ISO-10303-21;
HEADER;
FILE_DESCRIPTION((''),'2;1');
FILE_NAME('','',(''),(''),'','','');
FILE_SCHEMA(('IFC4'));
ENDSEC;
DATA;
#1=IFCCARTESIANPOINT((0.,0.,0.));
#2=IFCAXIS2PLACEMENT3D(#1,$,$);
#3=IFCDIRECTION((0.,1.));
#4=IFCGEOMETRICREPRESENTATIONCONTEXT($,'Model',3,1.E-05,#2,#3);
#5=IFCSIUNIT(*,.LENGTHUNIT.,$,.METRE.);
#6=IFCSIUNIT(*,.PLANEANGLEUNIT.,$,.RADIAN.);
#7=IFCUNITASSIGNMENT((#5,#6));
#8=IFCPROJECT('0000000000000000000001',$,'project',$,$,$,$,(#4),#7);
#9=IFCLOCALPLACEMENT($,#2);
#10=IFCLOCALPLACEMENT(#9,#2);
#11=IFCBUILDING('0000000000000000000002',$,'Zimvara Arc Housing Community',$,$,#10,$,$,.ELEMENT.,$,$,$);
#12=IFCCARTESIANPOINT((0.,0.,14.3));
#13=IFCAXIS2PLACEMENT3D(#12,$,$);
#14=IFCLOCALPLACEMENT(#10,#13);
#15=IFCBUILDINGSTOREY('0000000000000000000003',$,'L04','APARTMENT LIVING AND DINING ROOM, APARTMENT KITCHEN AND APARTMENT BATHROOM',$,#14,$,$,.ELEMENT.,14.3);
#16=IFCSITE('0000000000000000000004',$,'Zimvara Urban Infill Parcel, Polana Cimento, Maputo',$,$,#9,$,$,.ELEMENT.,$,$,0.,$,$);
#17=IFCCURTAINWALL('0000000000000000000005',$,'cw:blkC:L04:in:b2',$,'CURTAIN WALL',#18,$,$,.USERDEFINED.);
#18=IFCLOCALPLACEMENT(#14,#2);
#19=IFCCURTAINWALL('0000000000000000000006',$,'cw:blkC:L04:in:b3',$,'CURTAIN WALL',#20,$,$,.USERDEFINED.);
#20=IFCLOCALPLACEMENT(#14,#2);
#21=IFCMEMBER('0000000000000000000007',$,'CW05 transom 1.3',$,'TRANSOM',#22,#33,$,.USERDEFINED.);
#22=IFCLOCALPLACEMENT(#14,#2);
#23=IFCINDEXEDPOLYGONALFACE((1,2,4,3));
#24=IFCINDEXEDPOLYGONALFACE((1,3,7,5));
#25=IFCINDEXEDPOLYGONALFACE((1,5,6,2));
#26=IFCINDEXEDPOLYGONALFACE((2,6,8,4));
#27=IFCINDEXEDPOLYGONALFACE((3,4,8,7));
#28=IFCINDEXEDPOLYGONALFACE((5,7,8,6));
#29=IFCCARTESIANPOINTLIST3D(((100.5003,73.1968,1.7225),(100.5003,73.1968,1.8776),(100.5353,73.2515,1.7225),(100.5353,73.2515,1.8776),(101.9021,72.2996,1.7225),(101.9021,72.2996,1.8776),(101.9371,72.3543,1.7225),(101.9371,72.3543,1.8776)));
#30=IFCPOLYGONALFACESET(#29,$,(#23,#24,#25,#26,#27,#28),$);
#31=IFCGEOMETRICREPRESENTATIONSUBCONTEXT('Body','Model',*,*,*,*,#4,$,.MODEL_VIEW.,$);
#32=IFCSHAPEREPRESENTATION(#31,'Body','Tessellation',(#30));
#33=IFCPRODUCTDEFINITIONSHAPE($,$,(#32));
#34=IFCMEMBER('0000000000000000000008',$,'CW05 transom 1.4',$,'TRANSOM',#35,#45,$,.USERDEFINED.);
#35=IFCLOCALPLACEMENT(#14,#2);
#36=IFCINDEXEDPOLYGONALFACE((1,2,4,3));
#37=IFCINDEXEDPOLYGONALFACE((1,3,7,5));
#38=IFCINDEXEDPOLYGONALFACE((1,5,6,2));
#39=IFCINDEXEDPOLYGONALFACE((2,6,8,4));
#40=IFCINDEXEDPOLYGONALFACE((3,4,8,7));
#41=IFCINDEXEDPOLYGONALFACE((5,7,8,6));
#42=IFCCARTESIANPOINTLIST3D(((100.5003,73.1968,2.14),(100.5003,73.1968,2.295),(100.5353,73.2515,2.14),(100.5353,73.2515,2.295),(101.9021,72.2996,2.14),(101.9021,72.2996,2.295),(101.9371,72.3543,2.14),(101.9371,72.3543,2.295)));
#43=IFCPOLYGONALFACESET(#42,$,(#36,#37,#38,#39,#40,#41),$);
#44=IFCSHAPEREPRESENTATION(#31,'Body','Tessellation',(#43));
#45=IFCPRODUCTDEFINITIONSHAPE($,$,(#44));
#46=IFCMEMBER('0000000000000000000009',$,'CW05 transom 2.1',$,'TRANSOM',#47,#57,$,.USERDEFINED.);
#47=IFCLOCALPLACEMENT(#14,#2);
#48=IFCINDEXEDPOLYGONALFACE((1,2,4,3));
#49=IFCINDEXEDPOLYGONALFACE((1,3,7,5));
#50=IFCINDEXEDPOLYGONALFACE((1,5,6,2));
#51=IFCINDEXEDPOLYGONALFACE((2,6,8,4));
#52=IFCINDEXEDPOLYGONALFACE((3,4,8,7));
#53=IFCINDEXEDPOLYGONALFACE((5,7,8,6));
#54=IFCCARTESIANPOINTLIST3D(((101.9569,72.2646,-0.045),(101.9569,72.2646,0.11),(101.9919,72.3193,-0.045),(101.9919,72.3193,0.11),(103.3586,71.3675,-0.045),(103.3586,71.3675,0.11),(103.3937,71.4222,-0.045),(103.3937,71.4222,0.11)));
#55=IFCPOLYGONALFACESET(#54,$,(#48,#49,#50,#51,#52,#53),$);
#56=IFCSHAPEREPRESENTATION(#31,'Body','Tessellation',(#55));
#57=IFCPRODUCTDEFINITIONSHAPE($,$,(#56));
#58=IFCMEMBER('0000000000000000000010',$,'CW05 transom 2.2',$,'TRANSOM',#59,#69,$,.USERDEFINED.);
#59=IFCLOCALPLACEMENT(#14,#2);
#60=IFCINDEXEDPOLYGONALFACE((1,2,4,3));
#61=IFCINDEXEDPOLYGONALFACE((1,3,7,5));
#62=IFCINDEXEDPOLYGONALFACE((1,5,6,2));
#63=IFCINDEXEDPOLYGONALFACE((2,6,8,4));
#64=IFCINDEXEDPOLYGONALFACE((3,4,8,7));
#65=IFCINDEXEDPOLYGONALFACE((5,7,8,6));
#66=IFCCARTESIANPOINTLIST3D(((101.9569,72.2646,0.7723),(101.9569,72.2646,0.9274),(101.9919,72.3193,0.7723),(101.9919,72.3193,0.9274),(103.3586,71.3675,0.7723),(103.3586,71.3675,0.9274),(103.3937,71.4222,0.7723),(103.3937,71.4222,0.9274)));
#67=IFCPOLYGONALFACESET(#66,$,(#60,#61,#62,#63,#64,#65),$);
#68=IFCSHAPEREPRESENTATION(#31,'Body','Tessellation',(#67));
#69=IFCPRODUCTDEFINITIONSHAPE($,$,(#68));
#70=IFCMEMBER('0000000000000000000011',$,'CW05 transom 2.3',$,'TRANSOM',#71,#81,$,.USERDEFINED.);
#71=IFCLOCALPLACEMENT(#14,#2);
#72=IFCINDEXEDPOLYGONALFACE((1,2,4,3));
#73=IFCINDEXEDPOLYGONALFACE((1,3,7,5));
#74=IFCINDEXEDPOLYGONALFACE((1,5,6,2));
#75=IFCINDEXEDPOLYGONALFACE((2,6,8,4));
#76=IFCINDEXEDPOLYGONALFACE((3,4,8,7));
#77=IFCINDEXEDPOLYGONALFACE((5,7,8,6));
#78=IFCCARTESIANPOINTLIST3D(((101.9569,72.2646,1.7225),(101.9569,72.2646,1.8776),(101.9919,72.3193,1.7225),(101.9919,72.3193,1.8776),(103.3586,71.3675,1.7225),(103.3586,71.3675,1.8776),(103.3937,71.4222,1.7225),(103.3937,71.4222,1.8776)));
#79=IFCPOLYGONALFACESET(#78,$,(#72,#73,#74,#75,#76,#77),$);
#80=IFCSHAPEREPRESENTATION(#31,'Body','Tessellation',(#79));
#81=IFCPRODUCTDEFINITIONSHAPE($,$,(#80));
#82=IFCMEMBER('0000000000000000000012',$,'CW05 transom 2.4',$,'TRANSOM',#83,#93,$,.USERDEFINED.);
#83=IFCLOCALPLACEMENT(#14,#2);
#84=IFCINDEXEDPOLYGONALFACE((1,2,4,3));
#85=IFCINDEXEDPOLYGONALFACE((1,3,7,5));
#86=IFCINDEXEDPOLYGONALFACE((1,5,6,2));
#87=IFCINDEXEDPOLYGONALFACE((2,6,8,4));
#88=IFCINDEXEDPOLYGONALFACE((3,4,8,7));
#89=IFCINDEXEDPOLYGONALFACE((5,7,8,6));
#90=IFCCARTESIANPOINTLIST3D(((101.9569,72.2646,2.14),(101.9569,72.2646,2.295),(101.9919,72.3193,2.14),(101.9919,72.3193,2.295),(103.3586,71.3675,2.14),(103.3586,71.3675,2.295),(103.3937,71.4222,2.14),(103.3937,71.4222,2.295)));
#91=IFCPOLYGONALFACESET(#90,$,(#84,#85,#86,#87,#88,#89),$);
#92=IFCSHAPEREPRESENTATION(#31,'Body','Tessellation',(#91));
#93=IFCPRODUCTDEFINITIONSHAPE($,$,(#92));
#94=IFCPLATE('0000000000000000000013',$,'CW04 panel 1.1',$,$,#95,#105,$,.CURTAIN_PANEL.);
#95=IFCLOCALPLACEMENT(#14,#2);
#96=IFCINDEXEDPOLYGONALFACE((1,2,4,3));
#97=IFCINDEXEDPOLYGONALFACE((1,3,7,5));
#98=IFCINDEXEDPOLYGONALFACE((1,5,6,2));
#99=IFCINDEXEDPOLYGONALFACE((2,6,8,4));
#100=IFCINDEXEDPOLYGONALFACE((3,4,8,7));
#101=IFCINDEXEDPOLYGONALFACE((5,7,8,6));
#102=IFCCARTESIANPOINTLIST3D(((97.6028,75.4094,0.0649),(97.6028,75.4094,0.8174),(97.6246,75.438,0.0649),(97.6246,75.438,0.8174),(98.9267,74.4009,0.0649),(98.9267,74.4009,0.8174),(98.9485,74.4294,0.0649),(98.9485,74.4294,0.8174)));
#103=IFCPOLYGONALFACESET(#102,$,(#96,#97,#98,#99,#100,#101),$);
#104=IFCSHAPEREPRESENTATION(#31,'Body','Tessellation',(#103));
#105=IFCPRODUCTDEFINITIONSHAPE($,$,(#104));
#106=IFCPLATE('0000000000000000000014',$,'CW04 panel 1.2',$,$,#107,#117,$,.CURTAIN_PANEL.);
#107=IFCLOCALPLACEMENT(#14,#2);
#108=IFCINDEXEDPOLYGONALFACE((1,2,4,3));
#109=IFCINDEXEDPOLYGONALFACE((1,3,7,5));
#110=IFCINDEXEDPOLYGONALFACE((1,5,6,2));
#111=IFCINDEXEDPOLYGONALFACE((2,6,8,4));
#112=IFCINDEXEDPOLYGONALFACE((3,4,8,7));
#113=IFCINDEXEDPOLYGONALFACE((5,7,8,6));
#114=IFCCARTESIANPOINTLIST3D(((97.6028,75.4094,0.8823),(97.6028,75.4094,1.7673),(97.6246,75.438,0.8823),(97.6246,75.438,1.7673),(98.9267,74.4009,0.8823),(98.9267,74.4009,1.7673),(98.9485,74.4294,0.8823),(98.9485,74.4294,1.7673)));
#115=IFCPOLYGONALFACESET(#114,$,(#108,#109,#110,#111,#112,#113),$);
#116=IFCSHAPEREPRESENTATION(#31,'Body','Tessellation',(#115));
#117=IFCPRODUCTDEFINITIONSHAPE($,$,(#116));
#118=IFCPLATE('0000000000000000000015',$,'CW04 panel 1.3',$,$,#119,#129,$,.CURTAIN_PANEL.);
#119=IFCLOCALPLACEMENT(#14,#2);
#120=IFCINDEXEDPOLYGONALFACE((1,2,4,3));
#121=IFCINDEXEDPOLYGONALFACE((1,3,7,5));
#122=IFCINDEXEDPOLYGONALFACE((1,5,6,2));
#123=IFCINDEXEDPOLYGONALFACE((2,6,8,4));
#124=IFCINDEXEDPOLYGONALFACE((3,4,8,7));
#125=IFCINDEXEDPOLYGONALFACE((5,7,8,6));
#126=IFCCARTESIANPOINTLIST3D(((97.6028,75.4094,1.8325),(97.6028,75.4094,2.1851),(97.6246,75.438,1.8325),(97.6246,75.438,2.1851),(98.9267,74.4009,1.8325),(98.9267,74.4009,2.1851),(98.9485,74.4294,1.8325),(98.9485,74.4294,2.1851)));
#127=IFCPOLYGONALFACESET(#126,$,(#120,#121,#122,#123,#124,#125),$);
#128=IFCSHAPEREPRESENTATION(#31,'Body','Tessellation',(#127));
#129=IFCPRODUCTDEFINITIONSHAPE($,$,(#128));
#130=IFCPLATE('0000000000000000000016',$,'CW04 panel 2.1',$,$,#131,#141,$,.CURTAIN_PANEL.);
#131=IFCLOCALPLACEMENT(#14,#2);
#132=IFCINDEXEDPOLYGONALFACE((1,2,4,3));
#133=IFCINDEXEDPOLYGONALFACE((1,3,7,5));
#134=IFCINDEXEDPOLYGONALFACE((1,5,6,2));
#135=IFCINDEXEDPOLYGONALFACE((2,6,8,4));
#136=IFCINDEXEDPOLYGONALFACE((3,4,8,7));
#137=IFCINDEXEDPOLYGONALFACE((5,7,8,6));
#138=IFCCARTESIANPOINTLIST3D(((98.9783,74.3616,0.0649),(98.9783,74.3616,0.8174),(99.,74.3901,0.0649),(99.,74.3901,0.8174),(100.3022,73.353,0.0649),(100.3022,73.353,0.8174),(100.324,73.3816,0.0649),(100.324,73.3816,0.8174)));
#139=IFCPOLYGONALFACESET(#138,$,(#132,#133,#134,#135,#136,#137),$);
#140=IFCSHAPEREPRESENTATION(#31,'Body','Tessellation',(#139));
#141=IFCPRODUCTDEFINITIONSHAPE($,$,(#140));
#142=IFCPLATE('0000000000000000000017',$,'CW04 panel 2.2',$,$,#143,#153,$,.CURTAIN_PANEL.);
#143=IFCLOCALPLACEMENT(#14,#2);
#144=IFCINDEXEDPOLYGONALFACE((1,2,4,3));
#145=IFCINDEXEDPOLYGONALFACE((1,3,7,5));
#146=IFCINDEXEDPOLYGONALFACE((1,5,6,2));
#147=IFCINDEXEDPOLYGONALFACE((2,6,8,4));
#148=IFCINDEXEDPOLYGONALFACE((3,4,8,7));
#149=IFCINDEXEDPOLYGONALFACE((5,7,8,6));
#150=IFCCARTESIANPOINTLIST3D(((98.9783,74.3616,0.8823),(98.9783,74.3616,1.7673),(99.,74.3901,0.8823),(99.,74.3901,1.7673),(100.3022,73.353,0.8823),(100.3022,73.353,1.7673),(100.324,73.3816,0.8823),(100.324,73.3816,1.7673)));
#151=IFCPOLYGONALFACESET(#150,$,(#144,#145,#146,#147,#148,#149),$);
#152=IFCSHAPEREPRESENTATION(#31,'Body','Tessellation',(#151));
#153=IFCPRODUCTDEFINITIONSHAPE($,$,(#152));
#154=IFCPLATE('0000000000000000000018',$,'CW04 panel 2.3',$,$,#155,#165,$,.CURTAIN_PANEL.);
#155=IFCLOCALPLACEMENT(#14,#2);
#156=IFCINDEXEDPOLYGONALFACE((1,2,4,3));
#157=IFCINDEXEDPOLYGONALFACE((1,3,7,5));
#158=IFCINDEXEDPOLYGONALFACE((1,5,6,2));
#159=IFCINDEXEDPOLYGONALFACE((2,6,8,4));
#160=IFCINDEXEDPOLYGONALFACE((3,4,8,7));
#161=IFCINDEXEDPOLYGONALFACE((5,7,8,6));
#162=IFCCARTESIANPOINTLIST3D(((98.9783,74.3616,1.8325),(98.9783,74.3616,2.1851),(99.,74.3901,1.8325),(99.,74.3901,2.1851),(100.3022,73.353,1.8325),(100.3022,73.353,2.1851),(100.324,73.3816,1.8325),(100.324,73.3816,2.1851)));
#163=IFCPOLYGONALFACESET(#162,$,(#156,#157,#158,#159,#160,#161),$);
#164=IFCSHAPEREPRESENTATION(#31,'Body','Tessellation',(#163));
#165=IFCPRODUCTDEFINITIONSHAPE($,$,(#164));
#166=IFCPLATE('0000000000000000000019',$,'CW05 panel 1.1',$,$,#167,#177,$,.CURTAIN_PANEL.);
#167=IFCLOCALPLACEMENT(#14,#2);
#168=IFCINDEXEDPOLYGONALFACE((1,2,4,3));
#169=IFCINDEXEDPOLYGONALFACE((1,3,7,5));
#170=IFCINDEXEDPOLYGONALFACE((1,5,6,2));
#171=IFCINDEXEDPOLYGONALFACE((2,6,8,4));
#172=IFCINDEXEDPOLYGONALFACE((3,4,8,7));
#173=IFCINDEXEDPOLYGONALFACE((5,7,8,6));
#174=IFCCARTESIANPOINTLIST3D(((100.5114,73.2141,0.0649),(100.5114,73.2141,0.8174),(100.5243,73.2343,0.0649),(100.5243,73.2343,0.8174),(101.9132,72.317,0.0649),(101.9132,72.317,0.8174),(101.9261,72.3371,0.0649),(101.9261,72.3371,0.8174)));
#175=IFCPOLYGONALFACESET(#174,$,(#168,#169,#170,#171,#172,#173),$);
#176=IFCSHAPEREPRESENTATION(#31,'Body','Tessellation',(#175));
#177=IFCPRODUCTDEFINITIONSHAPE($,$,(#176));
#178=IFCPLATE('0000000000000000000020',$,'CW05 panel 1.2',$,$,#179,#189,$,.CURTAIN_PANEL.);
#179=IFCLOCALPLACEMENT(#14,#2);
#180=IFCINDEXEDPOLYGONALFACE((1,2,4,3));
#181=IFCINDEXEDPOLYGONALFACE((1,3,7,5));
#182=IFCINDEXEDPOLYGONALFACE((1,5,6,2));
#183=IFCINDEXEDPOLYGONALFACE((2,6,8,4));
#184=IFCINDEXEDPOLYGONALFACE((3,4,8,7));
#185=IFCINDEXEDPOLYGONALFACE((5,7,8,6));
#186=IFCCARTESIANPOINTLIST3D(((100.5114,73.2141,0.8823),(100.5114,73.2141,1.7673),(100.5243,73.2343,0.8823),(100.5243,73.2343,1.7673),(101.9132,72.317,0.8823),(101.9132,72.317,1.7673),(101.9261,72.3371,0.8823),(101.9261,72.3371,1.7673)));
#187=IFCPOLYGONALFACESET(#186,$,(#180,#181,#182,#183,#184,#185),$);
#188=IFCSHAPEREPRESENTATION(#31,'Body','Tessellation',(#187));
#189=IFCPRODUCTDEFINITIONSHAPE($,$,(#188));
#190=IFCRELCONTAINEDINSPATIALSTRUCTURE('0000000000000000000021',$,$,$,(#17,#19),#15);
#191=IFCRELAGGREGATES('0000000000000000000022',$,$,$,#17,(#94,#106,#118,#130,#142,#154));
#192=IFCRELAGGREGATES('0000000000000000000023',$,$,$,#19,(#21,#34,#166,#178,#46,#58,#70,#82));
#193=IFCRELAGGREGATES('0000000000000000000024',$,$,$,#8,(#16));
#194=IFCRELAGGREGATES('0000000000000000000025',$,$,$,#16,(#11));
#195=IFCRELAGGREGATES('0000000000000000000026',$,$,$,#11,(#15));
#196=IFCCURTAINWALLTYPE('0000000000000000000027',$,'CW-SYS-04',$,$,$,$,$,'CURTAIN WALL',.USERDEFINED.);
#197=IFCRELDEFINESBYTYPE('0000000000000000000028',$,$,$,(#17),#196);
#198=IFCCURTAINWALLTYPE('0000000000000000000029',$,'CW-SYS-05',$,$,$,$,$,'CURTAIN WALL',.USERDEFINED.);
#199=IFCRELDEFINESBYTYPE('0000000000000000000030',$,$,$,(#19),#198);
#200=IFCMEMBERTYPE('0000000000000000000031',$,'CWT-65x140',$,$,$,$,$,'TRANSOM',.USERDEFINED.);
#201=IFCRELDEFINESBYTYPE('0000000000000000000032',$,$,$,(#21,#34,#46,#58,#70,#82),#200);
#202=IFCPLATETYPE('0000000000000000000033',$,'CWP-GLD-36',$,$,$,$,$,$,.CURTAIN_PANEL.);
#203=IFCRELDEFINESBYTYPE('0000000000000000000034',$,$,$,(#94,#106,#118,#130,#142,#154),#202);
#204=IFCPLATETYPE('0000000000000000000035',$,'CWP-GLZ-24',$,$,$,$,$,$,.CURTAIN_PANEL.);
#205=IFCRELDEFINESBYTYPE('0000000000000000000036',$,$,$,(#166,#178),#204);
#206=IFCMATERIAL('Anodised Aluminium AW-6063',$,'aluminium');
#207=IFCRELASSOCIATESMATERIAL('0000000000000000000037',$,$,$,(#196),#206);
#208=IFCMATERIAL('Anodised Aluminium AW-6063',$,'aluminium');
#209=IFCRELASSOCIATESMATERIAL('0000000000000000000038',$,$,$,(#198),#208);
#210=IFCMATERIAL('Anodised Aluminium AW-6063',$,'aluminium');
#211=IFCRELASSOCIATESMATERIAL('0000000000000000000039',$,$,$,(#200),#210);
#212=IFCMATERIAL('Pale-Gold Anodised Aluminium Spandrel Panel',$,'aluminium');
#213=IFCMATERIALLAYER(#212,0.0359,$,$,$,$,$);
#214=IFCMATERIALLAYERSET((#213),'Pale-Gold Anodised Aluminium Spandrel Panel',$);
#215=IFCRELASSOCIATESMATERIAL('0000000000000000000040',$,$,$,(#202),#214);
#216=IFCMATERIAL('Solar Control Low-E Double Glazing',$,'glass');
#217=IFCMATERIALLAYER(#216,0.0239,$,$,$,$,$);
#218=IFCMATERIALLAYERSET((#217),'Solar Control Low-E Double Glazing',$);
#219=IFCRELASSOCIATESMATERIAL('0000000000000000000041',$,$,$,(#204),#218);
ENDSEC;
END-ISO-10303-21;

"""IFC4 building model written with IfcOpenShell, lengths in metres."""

from ifc_helpers import new_model, si_unit, direction, frame, origin, origin_2d, place, context, subcontext, project, spatial, rectangle, extrude, material, layer, layer_set, material_profile, profile_set, type_object, element, aggregate, save


model = new_model("IFC4")

# Units and contexts
model_context = context("Model", 3, precision=1e-05, world=origin(), true_north=direction((0.0, 1.0)))
body_context = subcontext(model_context, "Body", "Model", "MODEL_VIEW")
ifc_project = project(units=[si_unit("LENGTHUNIT", "METRE"), si_unit("PLANEANGLEUNIT", "RADIAN")], contexts=[model_context])

# Site, building, storey
site_placement = place(None, origin())
site = spatial("IfcSite", under=ifc_project, at=site_placement, Name="Zimvara Urban Infill Parcel, Polana Cimento, Maputo", CompositionType="ELEMENT", RefElevation=0.0)
building_placement = place(site_placement, origin())
building = spatial("IfcBuilding", under=site, at=building_placement, Name="Zimvara Arc Housing Community", CompositionType="ELEMENT")
storey_placement = place(building_placement, frame((0.0, 0.0, 14.3)))
storey = spatial("IfcBuildingStorey", under=building, at=storey_placement, Name="L04", Description="APARTMENT LIVING AND DINING ROOM, APARTMENT KITCHEN AND APARTMENT BATHROOM", CompositionType="ELEMENT", Elevation=14.3)

# Curtain walls
ifc_material_1 = material(Name="Anodised Aluminium AW-6063", Category="aluminium")
curtain_wall_type_1 = type_object("IfcCurtainWallType", Name="CW-SYS-04", ElementType="CURTAIN WALL", PredefinedType="USERDEFINED", material=ifc_material_1)
curtain_wall_1_placement = place(storey_placement, origin())
curtain_wall_1 = element("IfcCurtainWall", 1, at=curtain_wall_1_placement, inside=storey, type_object=curtain_wall_type_1, Name="cw:blkC:L04:in:b2", ObjectType="CURTAIN WALL", PredefinedType="USERDEFINED")
ifc_material_2 = material(Name="Anodised Aluminium AW-6063", Category="aluminium")
curtain_wall_type_2 = type_object("IfcCurtainWallType", Name="CW-SYS-05", ElementType="CURTAIN WALL", PredefinedType="USERDEFINED", material=ifc_material_2)
curtain_wall_2_placement = place(storey_placement, origin())
curtain_wall_2 = element("IfcCurtainWall", 2, at=curtain_wall_2_placement, inside=storey, type_object=curtain_wall_type_2, Name="cw:blkC:L04:in:b3", ObjectType="CURTAIN WALL", PredefinedType="USERDEFINED")

# Members
ifc_material_3 = material(Name="Anodised Aluminium AW-6063", Category="aluminium")
ifc_material_profile_1 = material_profile(ifc_material_3, rectangle(XDim=0.0649, YDim=0.155, at=origin_2d()), Name="ALU 65x155")
ifc_profile_set_1 = profile_set([ifc_material_profile_1], Name="Anodised Aluminium AW-6063")
member_type_1 = type_object("IfcMemberType", Name="CWT-65x140", ElementType="TRANSOM", PredefinedType="USERDEFINED", material=ifc_profile_set_1)
member_1_placement = place(storey_placement, frame((100.5178, 73.2241, 1.8), z_axis=(0.842263, -0.539066, 0.0), x_axis=(0.539066, 0.842263, 0.0)))
member_1 = element("IfcMember", 3, at=member_1_placement, type_object=member_type_1, Name="CW05 transom 1.3", ObjectType="TRANSOM", PredefinedType="USERDEFINED", context=body_context, shape_type="SweptSolid", body=[
    extrude(rectangle(XDim=0.0649, YDim=0.155, at=origin_2d()), origin(), (0.0, 0.0, 1.0), 1.6643),
])
member_2_placement = place(storey_placement, frame((100.5178, 73.2241, 2.2175), z_axis=(0.842263, -0.539066, 0.0), x_axis=(0.539066, 0.842263, 0.0)))
member_2 = element("IfcMember", 4, at=member_2_placement, type_object=member_type_1, Name="CW05 transom 1.4", ObjectType="TRANSOM", PredefinedType="USERDEFINED", context=body_context, shape_type="SweptSolid", body=[
    extrude(rectangle(XDim=0.0649, YDim=0.155, at=origin_2d()), origin(), (0.0, 0.0, 1.0), 1.6643),
])
member_3_placement = place(storey_placement, frame((101.9744, 72.292, 0.0325), z_axis=(0.842263, -0.539066, 0.0), x_axis=(0.539066, 0.842263, 0.0)))
member_3 = element("IfcMember", 5, at=member_3_placement, type_object=member_type_1, Name="CW05 transom 2.1", ObjectType="TRANSOM", PredefinedType="USERDEFINED", context=body_context, shape_type="SweptSolid", body=[
    extrude(rectangle(XDim=0.0649, YDim=0.155, at=origin_2d()), origin(), (0.0, 0.0, 1.0), 1.6643),
])
member_4_placement = place(storey_placement, frame((101.9744, 72.292, 0.8499), z_axis=(0.842263, -0.539066, 0.0), x_axis=(0.539066, 0.842263, 0.0)))
member_4 = element("IfcMember", 6, at=member_4_placement, type_object=member_type_1, Name="CW05 transom 2.2", ObjectType="TRANSOM", PredefinedType="USERDEFINED", context=body_context, shape_type="SweptSolid", body=[
    extrude(rectangle(XDim=0.0649, YDim=0.155, at=origin_2d()), origin(), (0.0, 0.0, 1.0), 1.6643),
])
member_5_placement = place(storey_placement, frame((101.9744, 72.292, 1.8), z_axis=(0.842263, -0.539066, 0.0), x_axis=(0.539066, 0.842263, 0.0)))
member_5 = element("IfcMember", 7, at=member_5_placement, type_object=member_type_1, Name="CW05 transom 2.3", ObjectType="TRANSOM", PredefinedType="USERDEFINED", context=body_context, shape_type="SweptSolid", body=[
    extrude(rectangle(XDim=0.0649, YDim=0.155, at=origin_2d()), origin(), (0.0, 0.0, 1.0), 1.6643),
])
member_6_placement = place(storey_placement, frame((101.9744, 72.292, 2.2175), z_axis=(0.842263, -0.539066, 0.0), x_axis=(0.539066, 0.842263, 0.0)))
member_6 = element("IfcMember", 8, at=member_6_placement, type_object=member_type_1, Name="CW05 transom 2.4", ObjectType="TRANSOM", PredefinedType="USERDEFINED", context=body_context, shape_type="SweptSolid", body=[
    extrude(rectangle(XDim=0.0649, YDim=0.155, at=origin_2d()), origin(), (0.0, 0.0, 1.0), 1.6643),
])

# Plates
ifc_material_4 = material(Name="Pale-Gold Anodised Aluminium Spandrel Panel", Category="aluminium")
ifc_layer_1 = layer(ifc_material_4, 0.0359)
ifc_layer_set_1 = layer_set([ifc_layer_1], Name="Pale-Gold Anodised Aluminium Spandrel Panel")
plate_type_1 = type_object("IfcPlateType", Name="CWP-GLD-36", PredefinedType="CURTAIN_PANEL", material=ifc_layer_set_1)
plate_1_placement = place(storey_placement, frame((98.2756, 74.9194, 0.0649), z_axis=(0.0, 0.0, 1.0), x_axis=(0.795474, -0.605988, 0.0)))
plate_1 = element("IfcPlate", 9, at=plate_1_placement, type_object=plate_type_1, Name="CW04 panel 1.1", PredefinedType="CURTAIN_PANEL", context=body_context, shape_type="SweptSolid", body=[
    extrude(rectangle(XDim=1.6643, YDim=0.0359, at=origin_2d()), origin(), (0.0, 0.0, 1.0), 0.7524),
])
plate_2_placement = place(storey_placement, frame((98.2756, 74.9194, 0.8823), z_axis=(0.0, 0.0, 1.0), x_axis=(0.795474, -0.605988, 0.0)))
plate_2 = element("IfcPlate", 10, at=plate_2_placement, type_object=plate_type_1, Name="CW04 panel 1.2", PredefinedType="CURTAIN_PANEL", context=body_context, shape_type="SweptSolid", body=[
    extrude(rectangle(XDim=1.6643, YDim=0.0359, at=origin_2d()), origin(), (0.0, 0.0, 1.0), 0.885),
])
plate_3_placement = place(storey_placement, frame((98.2756, 74.9194, 1.8325), z_axis=(0.0, 0.0, 1.0), x_axis=(0.795474, -0.605988, 0.0)))
plate_3 = element("IfcPlate", 11, at=plate_3_placement, type_object=plate_type_1, Name="CW04 panel 1.3", PredefinedType="CURTAIN_PANEL", context=body_context, shape_type="SweptSolid", body=[
    extrude(rectangle(XDim=1.6643, YDim=0.0359, at=origin_2d()), origin(), (0.0, 0.0, 1.0), 0.3525),
])
plate_4_placement = place(storey_placement, frame((99.6511, 73.8716, 0.0649), z_axis=(0.0, 0.0, 1.0), x_axis=(0.795474, -0.605988, 0.0)))
plate_4 = element("IfcPlate", 12, at=plate_4_placement, type_object=plate_type_1, Name="CW04 panel 2.1", PredefinedType="CURTAIN_PANEL", context=body_context, shape_type="SweptSolid", body=[
    extrude(rectangle(XDim=1.6643, YDim=0.0359, at=origin_2d()), origin(), (0.0, 0.0, 1.0), 0.7524),
])
plate_5_placement = place(storey_placement, frame((99.6511, 73.8716, 0.8823), z_axis=(0.0, 0.0, 1.0), x_axis=(0.795474, -0.605988, 0.0)))
plate_5 = element("IfcPlate", 13, at=plate_5_placement, type_object=plate_type_1, Name="CW04 panel 2.2", PredefinedType="CURTAIN_PANEL", context=body_context, shape_type="SweptSolid", body=[
    extrude(rectangle(XDim=1.6643, YDim=0.0359, at=origin_2d()), origin(), (0.0, 0.0, 1.0), 0.885),
])
plate_6_placement = place(storey_placement, frame((99.6511, 73.8716, 1.8325), z_axis=(0.0, 0.0, 1.0), x_axis=(0.795474, -0.605988, 0.0)))
plate_6 = element("IfcPlate", 14, at=plate_6_placement, type_object=plate_type_1, Name="CW04 panel 2.3", PredefinedType="CURTAIN_PANEL", context=body_context, shape_type="SweptSolid", body=[
    extrude(rectangle(XDim=1.6643, YDim=0.0359, at=origin_2d()), origin(), (0.0, 0.0, 1.0), 0.3525),
])
aggregate(curtain_wall_1, [plate_1, plate_2, plate_3, plate_4, plate_5, plate_6])
ifc_material_5 = material(Name="Solar Control Low-E Double Glazing", Category="glass")
ifc_layer_2 = layer(ifc_material_5, 0.0239)
ifc_layer_set_2 = layer_set([ifc_layer_2], Name="Solar Control Low-E Double Glazing")
plate_type_2 = type_object("IfcPlateType", Name="CWP-GLZ-24", PredefinedType="CURTAIN_PANEL", material=ifc_layer_set_2)
plate_7_placement = place(storey_placement, frame((101.2188, 72.7756, 0.0649), z_axis=(0.0, 0.0, 1.0), x_axis=(0.842265, -0.539064, 0.0)))
plate_7 = element("IfcPlate", 15, at=plate_7_placement, type_object=plate_type_2, Name="CW05 panel 1.1", PredefinedType="CURTAIN_PANEL", context=body_context, shape_type="SweptSolid", body=[
    extrude(rectangle(XDim=1.6643, YDim=0.0239, at=origin_2d()), origin(), (0.0, 0.0, 1.0), 0.7524),
])
plate_8_placement = place(storey_placement, frame((101.2188, 72.7756, 0.8823), z_axis=(0.0, 0.0, 1.0), x_axis=(0.842265, -0.539064, 0.0)))
plate_8 = element("IfcPlate", 16, at=plate_8_placement, type_object=plate_type_2, Name="CW05 panel 1.2", PredefinedType="CURTAIN_PANEL", context=body_context, shape_type="SweptSolid", body=[
    extrude(rectangle(XDim=1.6643, YDim=0.0239, at=origin_2d()), origin(), (0.0, 0.0, 1.0), 0.885),
])
aggregate(curtain_wall_2, [member_1, member_2, plate_7, plate_8, member_3, member_4, member_5, member_6])

save(model, "model.ifc")
